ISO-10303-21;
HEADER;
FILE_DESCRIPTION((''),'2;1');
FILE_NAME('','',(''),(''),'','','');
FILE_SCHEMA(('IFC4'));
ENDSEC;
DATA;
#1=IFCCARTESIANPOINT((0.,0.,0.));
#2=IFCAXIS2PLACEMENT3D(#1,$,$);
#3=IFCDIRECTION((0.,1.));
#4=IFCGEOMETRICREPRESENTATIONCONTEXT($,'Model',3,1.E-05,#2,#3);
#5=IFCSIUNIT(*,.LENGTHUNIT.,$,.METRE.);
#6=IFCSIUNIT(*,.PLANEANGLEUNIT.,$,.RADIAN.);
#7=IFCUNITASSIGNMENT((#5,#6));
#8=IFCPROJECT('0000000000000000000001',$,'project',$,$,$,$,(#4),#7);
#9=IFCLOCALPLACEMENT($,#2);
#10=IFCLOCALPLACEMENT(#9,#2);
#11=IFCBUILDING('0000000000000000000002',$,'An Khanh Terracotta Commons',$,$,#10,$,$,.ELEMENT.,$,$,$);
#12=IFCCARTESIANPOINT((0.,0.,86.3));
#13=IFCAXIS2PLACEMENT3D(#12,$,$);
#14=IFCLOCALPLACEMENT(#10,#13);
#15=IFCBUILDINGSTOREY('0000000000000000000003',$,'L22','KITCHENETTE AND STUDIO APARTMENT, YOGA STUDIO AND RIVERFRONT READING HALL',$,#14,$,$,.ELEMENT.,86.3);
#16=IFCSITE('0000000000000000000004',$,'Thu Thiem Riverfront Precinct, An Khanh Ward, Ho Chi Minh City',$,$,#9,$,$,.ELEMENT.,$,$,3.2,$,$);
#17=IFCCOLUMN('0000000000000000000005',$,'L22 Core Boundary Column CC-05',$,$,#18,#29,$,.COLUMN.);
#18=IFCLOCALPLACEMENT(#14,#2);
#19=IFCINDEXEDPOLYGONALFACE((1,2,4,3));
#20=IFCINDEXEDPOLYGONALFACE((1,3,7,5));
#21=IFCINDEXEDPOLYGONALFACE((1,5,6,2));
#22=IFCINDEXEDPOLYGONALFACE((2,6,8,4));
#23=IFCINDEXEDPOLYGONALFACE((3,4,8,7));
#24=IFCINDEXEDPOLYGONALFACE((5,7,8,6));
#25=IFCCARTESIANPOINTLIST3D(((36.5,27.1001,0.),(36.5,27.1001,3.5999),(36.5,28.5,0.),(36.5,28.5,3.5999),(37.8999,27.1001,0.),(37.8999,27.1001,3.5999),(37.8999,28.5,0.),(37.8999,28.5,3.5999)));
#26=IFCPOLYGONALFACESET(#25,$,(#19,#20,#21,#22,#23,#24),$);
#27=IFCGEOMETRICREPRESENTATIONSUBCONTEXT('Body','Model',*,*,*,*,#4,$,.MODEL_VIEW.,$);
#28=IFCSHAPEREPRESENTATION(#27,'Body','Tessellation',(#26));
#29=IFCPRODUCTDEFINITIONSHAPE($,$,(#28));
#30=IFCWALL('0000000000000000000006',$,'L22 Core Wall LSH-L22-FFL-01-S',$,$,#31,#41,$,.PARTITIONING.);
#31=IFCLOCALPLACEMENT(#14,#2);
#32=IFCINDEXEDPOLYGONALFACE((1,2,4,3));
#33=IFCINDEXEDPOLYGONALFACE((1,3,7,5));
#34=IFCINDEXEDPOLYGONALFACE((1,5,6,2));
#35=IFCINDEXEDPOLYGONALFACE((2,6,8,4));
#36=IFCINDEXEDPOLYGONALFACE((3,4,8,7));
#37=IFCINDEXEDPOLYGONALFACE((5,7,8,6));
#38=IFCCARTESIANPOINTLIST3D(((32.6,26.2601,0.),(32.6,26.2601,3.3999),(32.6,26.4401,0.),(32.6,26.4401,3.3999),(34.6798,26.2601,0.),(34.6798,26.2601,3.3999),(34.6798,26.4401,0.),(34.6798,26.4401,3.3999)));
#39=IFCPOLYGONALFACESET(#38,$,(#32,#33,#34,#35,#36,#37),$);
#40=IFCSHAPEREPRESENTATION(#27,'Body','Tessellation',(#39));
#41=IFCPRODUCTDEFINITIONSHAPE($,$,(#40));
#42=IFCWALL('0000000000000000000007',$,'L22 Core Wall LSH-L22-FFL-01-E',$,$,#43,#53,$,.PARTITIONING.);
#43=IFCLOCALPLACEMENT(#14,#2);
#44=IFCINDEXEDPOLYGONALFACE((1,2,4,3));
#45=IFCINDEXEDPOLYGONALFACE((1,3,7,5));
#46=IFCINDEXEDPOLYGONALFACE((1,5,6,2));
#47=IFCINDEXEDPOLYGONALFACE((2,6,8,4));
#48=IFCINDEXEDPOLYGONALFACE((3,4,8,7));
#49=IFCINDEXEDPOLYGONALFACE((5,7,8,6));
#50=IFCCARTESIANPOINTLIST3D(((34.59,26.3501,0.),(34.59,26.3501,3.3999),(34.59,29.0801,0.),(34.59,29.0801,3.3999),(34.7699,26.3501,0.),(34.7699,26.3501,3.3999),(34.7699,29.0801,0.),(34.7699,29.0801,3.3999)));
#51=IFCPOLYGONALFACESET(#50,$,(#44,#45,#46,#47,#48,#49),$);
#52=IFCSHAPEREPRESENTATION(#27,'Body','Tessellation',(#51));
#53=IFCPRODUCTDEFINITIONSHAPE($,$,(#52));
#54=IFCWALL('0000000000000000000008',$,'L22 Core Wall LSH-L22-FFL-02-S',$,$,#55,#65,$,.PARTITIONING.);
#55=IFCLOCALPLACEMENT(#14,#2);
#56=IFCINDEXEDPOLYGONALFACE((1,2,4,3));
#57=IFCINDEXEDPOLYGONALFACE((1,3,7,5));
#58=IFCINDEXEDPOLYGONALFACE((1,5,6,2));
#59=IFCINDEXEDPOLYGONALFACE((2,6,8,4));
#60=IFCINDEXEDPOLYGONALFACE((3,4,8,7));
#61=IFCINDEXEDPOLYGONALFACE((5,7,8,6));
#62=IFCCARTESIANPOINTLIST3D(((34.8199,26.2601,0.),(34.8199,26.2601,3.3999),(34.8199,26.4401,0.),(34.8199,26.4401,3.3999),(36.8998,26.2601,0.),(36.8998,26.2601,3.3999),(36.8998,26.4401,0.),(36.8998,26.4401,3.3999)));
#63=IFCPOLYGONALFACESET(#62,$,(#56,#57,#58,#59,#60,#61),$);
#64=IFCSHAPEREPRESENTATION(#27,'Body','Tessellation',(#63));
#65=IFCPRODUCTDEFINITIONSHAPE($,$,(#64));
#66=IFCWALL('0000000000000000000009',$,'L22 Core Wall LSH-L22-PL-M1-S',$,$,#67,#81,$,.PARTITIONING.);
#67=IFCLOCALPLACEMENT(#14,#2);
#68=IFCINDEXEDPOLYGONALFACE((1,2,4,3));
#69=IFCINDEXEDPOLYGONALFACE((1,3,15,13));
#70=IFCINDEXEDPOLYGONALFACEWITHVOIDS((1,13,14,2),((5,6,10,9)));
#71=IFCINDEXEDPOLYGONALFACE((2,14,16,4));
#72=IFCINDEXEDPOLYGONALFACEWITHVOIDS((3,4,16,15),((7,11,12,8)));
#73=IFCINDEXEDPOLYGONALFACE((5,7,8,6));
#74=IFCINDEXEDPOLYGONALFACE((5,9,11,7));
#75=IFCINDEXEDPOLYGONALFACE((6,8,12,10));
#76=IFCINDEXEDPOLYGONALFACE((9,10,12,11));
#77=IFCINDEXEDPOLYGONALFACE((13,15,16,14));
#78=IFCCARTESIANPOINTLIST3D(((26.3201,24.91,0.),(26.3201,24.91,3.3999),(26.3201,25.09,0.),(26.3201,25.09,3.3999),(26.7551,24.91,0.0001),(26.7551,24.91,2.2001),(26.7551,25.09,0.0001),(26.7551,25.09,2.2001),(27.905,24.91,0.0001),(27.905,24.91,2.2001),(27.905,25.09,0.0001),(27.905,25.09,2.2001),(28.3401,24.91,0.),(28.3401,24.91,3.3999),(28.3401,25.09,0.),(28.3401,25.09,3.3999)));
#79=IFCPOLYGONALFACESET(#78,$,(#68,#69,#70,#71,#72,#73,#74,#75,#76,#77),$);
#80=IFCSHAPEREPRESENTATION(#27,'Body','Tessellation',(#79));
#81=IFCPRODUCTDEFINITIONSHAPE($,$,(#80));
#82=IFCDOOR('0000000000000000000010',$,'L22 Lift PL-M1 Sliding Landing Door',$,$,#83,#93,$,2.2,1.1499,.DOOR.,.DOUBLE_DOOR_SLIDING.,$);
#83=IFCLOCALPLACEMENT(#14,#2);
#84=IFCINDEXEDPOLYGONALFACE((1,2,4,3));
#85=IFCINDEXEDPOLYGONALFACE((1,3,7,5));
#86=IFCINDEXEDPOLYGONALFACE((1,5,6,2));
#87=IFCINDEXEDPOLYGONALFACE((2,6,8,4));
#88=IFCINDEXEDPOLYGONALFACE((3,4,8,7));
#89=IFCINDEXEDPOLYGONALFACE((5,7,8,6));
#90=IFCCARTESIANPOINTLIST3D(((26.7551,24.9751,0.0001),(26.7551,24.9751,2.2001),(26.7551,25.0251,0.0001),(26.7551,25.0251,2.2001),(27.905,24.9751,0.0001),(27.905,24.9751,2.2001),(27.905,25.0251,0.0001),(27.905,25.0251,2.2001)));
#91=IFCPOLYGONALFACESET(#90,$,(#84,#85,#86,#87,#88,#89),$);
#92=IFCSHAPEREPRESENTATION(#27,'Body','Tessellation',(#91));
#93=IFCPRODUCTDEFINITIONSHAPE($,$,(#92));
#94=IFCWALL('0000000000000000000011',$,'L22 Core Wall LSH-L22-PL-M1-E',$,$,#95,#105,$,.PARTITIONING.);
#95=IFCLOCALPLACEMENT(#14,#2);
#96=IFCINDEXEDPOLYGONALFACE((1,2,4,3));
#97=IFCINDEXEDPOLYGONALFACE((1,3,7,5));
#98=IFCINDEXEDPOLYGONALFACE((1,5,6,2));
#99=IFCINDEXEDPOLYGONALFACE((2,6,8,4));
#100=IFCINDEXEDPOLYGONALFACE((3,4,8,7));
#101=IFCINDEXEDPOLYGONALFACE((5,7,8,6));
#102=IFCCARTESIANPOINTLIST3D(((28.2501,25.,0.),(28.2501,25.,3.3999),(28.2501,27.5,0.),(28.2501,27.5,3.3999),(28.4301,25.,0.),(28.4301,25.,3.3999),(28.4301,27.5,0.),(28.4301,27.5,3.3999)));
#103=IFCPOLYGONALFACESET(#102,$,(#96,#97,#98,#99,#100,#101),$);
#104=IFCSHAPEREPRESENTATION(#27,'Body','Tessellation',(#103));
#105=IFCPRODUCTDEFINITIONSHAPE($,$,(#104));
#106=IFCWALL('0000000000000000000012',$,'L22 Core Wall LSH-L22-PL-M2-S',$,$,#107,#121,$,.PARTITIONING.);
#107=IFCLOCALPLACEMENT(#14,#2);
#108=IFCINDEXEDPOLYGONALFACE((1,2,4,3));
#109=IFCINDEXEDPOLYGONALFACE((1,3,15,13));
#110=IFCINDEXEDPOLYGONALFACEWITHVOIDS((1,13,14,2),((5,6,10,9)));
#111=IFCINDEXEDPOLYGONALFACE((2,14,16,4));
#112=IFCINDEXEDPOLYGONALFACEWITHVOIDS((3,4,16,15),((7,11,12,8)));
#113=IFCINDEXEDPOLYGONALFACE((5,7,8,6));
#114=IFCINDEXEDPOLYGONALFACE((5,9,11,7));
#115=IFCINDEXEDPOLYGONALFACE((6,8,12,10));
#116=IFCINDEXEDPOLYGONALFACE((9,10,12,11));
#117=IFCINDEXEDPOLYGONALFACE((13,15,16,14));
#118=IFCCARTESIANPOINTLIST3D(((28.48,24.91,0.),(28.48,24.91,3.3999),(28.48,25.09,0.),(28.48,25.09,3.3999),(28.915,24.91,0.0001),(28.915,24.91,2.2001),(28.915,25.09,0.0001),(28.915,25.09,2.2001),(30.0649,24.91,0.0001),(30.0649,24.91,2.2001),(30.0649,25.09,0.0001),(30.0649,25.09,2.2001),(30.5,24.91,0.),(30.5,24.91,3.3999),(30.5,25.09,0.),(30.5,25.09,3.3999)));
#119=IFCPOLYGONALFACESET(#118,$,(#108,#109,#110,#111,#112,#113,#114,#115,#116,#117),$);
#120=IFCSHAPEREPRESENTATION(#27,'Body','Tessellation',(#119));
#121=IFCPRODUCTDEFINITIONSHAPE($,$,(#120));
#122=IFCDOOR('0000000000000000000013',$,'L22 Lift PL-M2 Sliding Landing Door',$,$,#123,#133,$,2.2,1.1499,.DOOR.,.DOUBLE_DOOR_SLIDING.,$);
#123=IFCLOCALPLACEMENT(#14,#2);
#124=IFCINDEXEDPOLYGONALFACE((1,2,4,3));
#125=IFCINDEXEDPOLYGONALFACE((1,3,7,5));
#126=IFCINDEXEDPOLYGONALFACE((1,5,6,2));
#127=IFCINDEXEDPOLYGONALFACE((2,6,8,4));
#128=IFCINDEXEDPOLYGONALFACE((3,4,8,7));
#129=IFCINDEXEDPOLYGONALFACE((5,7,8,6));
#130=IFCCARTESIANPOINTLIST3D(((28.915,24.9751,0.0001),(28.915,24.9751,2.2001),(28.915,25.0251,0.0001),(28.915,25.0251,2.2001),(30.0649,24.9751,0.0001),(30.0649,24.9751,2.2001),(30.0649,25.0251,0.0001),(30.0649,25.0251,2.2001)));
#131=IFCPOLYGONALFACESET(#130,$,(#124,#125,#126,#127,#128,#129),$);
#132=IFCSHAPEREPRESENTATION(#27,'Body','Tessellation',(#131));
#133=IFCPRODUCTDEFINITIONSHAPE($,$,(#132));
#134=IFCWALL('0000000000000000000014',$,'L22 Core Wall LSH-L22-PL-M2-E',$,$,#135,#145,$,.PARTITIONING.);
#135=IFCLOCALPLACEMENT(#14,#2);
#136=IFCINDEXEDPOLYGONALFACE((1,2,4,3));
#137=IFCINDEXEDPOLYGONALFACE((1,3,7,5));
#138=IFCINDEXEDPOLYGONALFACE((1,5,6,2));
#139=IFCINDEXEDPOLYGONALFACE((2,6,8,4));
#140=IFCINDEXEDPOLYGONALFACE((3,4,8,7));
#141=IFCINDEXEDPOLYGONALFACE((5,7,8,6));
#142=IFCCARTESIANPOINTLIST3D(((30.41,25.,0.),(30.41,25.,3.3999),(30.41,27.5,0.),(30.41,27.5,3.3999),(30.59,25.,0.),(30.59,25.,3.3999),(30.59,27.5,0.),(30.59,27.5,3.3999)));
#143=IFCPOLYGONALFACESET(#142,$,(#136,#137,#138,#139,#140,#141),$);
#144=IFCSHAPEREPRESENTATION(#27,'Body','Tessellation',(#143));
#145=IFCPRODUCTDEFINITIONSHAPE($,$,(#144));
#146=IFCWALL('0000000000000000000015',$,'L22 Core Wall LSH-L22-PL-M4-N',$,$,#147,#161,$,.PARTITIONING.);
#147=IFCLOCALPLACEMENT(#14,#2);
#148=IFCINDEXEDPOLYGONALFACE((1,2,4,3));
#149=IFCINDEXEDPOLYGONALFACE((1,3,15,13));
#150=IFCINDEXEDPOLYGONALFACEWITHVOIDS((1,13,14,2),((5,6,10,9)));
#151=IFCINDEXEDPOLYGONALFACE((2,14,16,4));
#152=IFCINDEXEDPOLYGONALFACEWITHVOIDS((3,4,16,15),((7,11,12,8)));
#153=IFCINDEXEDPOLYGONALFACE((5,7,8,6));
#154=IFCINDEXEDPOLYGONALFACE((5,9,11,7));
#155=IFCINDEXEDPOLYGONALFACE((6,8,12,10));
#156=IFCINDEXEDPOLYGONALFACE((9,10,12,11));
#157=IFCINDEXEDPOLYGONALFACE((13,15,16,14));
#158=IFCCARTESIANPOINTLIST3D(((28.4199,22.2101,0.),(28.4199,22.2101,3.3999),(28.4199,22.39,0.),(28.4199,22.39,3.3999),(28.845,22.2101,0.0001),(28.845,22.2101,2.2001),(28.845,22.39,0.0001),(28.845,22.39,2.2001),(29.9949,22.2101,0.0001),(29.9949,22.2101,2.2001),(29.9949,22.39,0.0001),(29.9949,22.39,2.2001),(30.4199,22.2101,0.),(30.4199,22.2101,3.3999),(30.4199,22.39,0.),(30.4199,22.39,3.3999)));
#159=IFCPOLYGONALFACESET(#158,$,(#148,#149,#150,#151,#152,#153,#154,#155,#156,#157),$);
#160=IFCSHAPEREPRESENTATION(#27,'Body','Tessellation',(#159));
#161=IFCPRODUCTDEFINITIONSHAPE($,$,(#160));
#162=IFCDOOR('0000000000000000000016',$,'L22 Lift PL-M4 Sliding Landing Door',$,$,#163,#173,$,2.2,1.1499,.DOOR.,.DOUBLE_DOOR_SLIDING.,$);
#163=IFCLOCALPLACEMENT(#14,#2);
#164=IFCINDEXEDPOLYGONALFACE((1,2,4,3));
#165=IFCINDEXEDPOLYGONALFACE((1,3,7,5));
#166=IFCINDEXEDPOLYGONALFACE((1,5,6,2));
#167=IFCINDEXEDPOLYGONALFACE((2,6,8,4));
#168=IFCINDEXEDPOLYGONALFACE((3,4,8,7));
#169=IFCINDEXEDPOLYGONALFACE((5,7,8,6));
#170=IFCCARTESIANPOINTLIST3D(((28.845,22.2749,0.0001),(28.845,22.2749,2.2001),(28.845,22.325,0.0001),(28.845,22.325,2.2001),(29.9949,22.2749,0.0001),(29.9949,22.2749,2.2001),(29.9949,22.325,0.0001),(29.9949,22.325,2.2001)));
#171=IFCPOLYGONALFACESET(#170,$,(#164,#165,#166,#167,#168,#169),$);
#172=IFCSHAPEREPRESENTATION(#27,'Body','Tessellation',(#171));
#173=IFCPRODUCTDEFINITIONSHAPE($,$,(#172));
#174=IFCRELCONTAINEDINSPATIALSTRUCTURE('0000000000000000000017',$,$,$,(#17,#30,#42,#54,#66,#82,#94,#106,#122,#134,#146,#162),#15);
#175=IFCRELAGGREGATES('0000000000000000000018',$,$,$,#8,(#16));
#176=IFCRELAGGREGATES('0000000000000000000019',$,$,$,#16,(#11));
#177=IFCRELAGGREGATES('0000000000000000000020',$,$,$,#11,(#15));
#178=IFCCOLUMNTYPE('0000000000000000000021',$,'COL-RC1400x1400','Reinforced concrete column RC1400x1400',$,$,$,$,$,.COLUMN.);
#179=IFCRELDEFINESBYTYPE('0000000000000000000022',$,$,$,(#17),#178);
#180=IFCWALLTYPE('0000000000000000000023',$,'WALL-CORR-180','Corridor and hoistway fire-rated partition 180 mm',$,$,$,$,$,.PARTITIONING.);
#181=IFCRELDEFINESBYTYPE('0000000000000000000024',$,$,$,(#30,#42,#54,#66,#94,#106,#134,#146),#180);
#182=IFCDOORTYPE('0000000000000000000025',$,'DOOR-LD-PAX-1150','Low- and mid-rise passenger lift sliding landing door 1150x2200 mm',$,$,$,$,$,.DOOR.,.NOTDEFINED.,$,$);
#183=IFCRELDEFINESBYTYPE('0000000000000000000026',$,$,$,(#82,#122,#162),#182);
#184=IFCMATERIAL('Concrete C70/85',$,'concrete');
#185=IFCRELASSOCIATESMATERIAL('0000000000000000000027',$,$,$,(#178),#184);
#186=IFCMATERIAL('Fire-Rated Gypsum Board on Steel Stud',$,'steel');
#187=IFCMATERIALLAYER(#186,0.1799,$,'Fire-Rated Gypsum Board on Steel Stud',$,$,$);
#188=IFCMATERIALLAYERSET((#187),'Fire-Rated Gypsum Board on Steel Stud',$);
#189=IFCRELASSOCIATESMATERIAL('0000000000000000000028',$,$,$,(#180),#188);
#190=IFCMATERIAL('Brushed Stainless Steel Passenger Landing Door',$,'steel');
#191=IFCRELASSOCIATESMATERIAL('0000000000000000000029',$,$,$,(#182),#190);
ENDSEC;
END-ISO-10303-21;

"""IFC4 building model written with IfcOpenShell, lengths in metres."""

from ifc_helpers import new_model, si_unit, direction, frame, frame_2d, origin, origin_2d, place, context, subcontext, project, spatial, rectangle, extrude, material, layer, layer_set, material_profile, profile_set, type_object, element, fill, save


model = new_model("IFC4")

# Units and contexts
model_context = context("Model", 3, precision=1e-05, world=origin(), true_north=direction((0.0, 1.0)))
body_context = subcontext(model_context, "Body", "Model", "MODEL_VIEW")
ifc_project = project(units=[si_unit("LENGTHUNIT", "METRE"), si_unit("PLANEANGLEUNIT", "RADIAN")], contexts=[model_context])

# Site, building, storey
site_placement = place(None, origin())
site = spatial("IfcSite", under=ifc_project, at=site_placement, Name="Thu Thiem Riverfront Precinct, An Khanh Ward, Ho Chi Minh City", CompositionType="ELEMENT", RefElevation=3.2)
building_placement = place(site_placement, origin())
building = spatial("IfcBuilding", under=site, at=building_placement, Name="An Khanh Terracotta Commons", CompositionType="ELEMENT")
storey_placement = place(building_placement, frame((0.0, 0.0, 86.3)))
storey = spatial("IfcBuildingStorey", under=building, at=storey_placement, Name="L22", Description="KITCHENETTE AND STUDIO APARTMENT, YOGA STUDIO AND RIVERFRONT READING HALL", CompositionType="ELEMENT", Elevation=86.3)

# Column
ifc_material_1 = material(Name="Concrete C70/85", Category="concrete")
ifc_material_profile = material_profile(ifc_material_1, rectangle(XDim=1.3999, YDim=1.3999, at=origin_2d()), Name="RC1400x1400")
ifc_profile_set = profile_set([ifc_material_profile], Name="Concrete C70/85")
column_type = type_object("IfcColumnType", Name="COL-RC1400x1400", Description="Reinforced concrete column RC1400x1400", PredefinedType="COLUMN", material=ifc_profile_set)
column_placement = place(storey_placement, frame((37.2, 27.8, 0.0), z_axis=(0.0, 0.0, 1.0), x_axis=(1.0, 0.0, 0.0)))
element("IfcColumn", 1, at=column_placement, inside=storey, type_object=column_type, Name="L22 Core Boundary Column CC-05", PredefinedType="COLUMN", context=body_context, shape_type="SweptSolid", body=[
    extrude(rectangle(XDim=1.3999, YDim=1.3999, at=origin_2d()), origin(), (0.0, 0.0, 1.0), 3.5999),
])

# Walls
ifc_material_2 = material(Name="Fire-Rated Gypsum Board on Steel Stud", Category="steel")
ifc_layer_1 = layer(ifc_material_2, 0.1799, Name="Fire-Rated Gypsum Board on Steel Stud")
ifc_layer_set_1 = layer_set([ifc_layer_1], Name="Fire-Rated Gypsum Board on Steel Stud")
wall_type_1 = type_object("IfcWallType", Name="WALL-CORR-180", Description="Corridor and hoistway fire-rated partition 180 mm", PredefinedType="PARTITIONING", material=ifc_layer_set_1)
wall_1_placement = place(storey_placement, frame((34.6799, 26.3501, 0.0), z_axis=(0.0, 0.0, 1.0), x_axis=(-1.0, 0.0, 0.0)))
element("IfcWall", 2, at=wall_1_placement, inside=storey, type_object=wall_type_1, Name="L22 Core Wall LSH-L22-FFL-01-S", PredefinedType="PARTITIONING", context=body_context, shape_type="SweptSolid", body=[
    extrude(rectangle(XDim=2.0798, YDim=0.1799, at=frame_2d((1.04, 0.0))), origin(), (0.0, 0.0, 1.0), 3.3999),
])
wall_2_placement = place(storey_placement, frame((34.6799, 26.3501, 0.0), z_axis=(0.0, 0.0, 1.0), x_axis=(0.0, 1.0, 0.0)))
element("IfcWall", 3, at=wall_2_placement, inside=storey, type_object=wall_type_1, Name="L22 Core Wall LSH-L22-FFL-01-E", PredefinedType="PARTITIONING", context=body_context, shape_type="SweptSolid", body=[
    extrude(rectangle(XDim=2.73, YDim=0.1799, at=frame_2d((1.365, 0.0))), origin(), (0.0, 0.0, 1.0), 3.3999),
])
wall_3_placement = place(storey_placement, frame((36.8999, 26.3501, 0.0), z_axis=(0.0, 0.0, 1.0), x_axis=(-1.0, 0.0, 0.0)))
element("IfcWall", 4, at=wall_3_placement, inside=storey, type_object=wall_type_1, Name="L22 Core Wall LSH-L22-FFL-02-S", PredefinedType="PARTITIONING", context=body_context, shape_type="SweptSolid", body=[
    extrude(rectangle(XDim=2.0798, YDim=0.1799, at=frame_2d((1.04, 0.0))), origin(), (0.0, 0.0, 1.0), 3.3999),
])

# Wall, opening, door
wall_4_placement = place(storey_placement, frame((28.3401, 25.0, 0.0), z_axis=(0.0, 0.0, 1.0), x_axis=(-1.0, 0.0, 0.0)))
wall_4 = element("IfcWall", 5, at=wall_4_placement, inside=storey, type_object=wall_type_1, Name="L22 Core Wall LSH-L22-PL-M1-S", PredefinedType="PARTITIONING", context=body_context, shape_type="SweptSolid", body=[
    extrude(rectangle(XDim=2.02, YDim=0.1799, at=frame_2d((1.01, 0.0))), origin(), (0.0, 0.0, 1.0), 3.3999),
])
opening_1_placement = place(wall_4_placement, frame((0.4351, 0.0, 0.0)))
opening_1 = element("IfcOpeningElement", 6, at=opening_1_placement, cuts=wall_4, PredefinedType="OPENING", context=body_context, shape_type="SweptSolid", body=[
    extrude(rectangle(XDim=1.1499, YDim=2.2, at=frame_2d((0.575, 1.1001))), frame((0.0, 0.0999, 0.0), z_axis=(0.0, -1.0, 0.0), x_axis=(1.0, 0.0, 0.0)), (0.0, 0.0, 1.0), 0.2),
])
ifc_material_3 = material(Name="Brushed Stainless Steel Passenger Landing Door", Category="steel")
door_type = type_object("IfcDoorType", Name="DOOR-LD-PAX-1150", Description="Low- and mid-rise passenger lift sliding landing door 1150x2200 mm", OperationType="NOTDEFINED", PredefinedType="DOOR", material=ifc_material_3)
door_1_placement = place(opening_1_placement, origin())
door_1 = element("IfcDoor", 7, at=door_1_placement, inside=storey, type_object=door_type, Name="L22 Lift PL-M1 Sliding Landing Door", OperationType="DOUBLE_DOOR_SLIDING", OverallHeight=2.2, OverallWidth=1.1499, PredefinedType="DOOR", context=body_context, shape_type="SweptSolid", body=[
    extrude(rectangle(XDim=1.1499, YDim=2.2, at=frame_2d((0.575, 1.1001))), frame((0.0, 0.0249, 0.0), z_axis=(0.0, -1.0, 0.0), x_axis=(1.0, 0.0, 0.0)), (0.0, 0.0, 1.0), 0.05),
])
fill(opening_1, door_1)

# Wall
wall_5_placement = place(storey_placement, frame((28.3401, 25.0, 0.0), z_axis=(0.0, 0.0, 1.0), x_axis=(0.0, 1.0, 0.0)))
element("IfcWall", 8, at=wall_5_placement, inside=storey, type_object=wall_type_1, Name="L22 Core Wall LSH-L22-PL-M1-E", PredefinedType="PARTITIONING", context=body_context, shape_type="SweptSolid", body=[
    extrude(rectangle(XDim=2.5, YDim=0.1799, at=frame_2d((1.25, 0.0))), origin(), (0.0, 0.0, 1.0), 3.3999),
])

# Wall, opening, door
wall_6_placement = place(storey_placement, frame((30.5, 25.0, 0.0), z_axis=(0.0, 0.0, 1.0), x_axis=(-1.0, 0.0, 0.0)))
wall_6 = element("IfcWall", 9, at=wall_6_placement, inside=storey, type_object=wall_type_1, Name="L22 Core Wall LSH-L22-PL-M2-S", PredefinedType="PARTITIONING", context=body_context, shape_type="SweptSolid", body=[
    extrude(rectangle(XDim=2.02, YDim=0.1799, at=frame_2d((1.01, 0.0))), origin(), (0.0, 0.0, 1.0), 3.3999),
])
opening_2_placement = place(wall_6_placement, frame((0.4351, 0.0, 0.0)))
opening_2 = element("IfcOpeningElement", 10, at=opening_2_placement, cuts=wall_6, PredefinedType="OPENING", context=body_context, shape_type="SweptSolid", body=[
    extrude(rectangle(XDim=1.1499, YDim=2.2, at=frame_2d((0.575, 1.1001))), frame((0.0, 0.0999, 0.0), z_axis=(0.0, -1.0, 0.0), x_axis=(1.0, 0.0, 0.0)), (0.0, 0.0, 1.0), 0.2),
])
door_2_placement = place(opening_2_placement, origin())
door_2 = element("IfcDoor", 11, at=door_2_placement, inside=storey, type_object=door_type, Name="L22 Lift PL-M2 Sliding Landing Door", OperationType="DOUBLE_DOOR_SLIDING", OverallHeight=2.2, OverallWidth=1.1499, PredefinedType="DOOR", context=body_context, shape_type="SweptSolid", body=[
    extrude(rectangle(XDim=1.1499, YDim=2.2, at=frame_2d((0.575, 1.1001))), frame((0.0, 0.0249, 0.0), z_axis=(0.0, -1.0, 0.0), x_axis=(1.0, 0.0, 0.0)), (0.0, 0.0, 1.0), 0.05),
])
fill(opening_2, door_2)

# Wall
wall_7_placement = place(storey_placement, frame((30.5, 25.0, 0.0), z_axis=(0.0, 0.0, 1.0), x_axis=(0.0, 1.0, 0.0)))
element("IfcWall", 12, at=wall_7_placement, inside=storey, type_object=wall_type_1, Name="L22 Core Wall LSH-L22-PL-M2-E", PredefinedType="PARTITIONING", context=body_context, shape_type="SweptSolid", body=[
    extrude(rectangle(XDim=2.5, YDim=0.1799, at=frame_2d((1.25, 0.0))), origin(), (0.0, 0.0, 1.0), 3.3999),
])

# Wall, opening, door
wall_8_placement = place(storey_placement, frame((28.4199, 22.3, 0.0), z_axis=(0.0, 0.0, 1.0), x_axis=(1.0, 0.0, 0.0)))
wall_8 = element("IfcWall", 13, at=wall_8_placement, inside=storey, type_object=wall_type_1, Name="L22 Core Wall LSH-L22-PL-M4-N", PredefinedType="PARTITIONING", context=body_context, shape_type="SweptSolid", body=[
    extrude(rectangle(XDim=2.0, YDim=0.1799, at=frame_2d((1.0, 0.0))), origin(), (0.0, 0.0, 1.0), 3.3999),
])
opening_3_placement = place(wall_8_placement, frame((0.425, 0.0, 0.0)))
opening_3 = element("IfcOpeningElement", 14, at=opening_3_placement, cuts=wall_8, PredefinedType="OPENING", context=body_context, shape_type="SweptSolid", body=[
    extrude(rectangle(XDim=1.1499, YDim=2.2, at=frame_2d((0.575, 1.1001))), frame((0.0, 0.0999, 0.0), z_axis=(0.0, -1.0, 0.0), x_axis=(1.0, 0.0, 0.0)), (0.0, 0.0, 1.0), 0.2),
])
door_3_placement = place(opening_3_placement, origin())
door_3 = element("IfcDoor", 15, at=door_3_placement, inside=storey, type_object=door_type, Name="L22 Lift PL-M4 Sliding Landing Door", OperationType="DOUBLE_DOOR_SLIDING", OverallHeight=2.2, OverallWidth=1.1499, PredefinedType="DOOR", context=body_context, shape_type="SweptSolid", body=[
    extrude(rectangle(XDim=1.1499, YDim=2.2, at=frame_2d((0.575, 1.1001))), frame((0.0, 0.0249, 0.0), z_axis=(0.0, -1.0, 0.0), x_axis=(1.0, 0.0, 0.0)), (0.0, 0.0, 1.0), 0.05),
])
fill(opening_3, door_3)

save(model, "model.ifc")
